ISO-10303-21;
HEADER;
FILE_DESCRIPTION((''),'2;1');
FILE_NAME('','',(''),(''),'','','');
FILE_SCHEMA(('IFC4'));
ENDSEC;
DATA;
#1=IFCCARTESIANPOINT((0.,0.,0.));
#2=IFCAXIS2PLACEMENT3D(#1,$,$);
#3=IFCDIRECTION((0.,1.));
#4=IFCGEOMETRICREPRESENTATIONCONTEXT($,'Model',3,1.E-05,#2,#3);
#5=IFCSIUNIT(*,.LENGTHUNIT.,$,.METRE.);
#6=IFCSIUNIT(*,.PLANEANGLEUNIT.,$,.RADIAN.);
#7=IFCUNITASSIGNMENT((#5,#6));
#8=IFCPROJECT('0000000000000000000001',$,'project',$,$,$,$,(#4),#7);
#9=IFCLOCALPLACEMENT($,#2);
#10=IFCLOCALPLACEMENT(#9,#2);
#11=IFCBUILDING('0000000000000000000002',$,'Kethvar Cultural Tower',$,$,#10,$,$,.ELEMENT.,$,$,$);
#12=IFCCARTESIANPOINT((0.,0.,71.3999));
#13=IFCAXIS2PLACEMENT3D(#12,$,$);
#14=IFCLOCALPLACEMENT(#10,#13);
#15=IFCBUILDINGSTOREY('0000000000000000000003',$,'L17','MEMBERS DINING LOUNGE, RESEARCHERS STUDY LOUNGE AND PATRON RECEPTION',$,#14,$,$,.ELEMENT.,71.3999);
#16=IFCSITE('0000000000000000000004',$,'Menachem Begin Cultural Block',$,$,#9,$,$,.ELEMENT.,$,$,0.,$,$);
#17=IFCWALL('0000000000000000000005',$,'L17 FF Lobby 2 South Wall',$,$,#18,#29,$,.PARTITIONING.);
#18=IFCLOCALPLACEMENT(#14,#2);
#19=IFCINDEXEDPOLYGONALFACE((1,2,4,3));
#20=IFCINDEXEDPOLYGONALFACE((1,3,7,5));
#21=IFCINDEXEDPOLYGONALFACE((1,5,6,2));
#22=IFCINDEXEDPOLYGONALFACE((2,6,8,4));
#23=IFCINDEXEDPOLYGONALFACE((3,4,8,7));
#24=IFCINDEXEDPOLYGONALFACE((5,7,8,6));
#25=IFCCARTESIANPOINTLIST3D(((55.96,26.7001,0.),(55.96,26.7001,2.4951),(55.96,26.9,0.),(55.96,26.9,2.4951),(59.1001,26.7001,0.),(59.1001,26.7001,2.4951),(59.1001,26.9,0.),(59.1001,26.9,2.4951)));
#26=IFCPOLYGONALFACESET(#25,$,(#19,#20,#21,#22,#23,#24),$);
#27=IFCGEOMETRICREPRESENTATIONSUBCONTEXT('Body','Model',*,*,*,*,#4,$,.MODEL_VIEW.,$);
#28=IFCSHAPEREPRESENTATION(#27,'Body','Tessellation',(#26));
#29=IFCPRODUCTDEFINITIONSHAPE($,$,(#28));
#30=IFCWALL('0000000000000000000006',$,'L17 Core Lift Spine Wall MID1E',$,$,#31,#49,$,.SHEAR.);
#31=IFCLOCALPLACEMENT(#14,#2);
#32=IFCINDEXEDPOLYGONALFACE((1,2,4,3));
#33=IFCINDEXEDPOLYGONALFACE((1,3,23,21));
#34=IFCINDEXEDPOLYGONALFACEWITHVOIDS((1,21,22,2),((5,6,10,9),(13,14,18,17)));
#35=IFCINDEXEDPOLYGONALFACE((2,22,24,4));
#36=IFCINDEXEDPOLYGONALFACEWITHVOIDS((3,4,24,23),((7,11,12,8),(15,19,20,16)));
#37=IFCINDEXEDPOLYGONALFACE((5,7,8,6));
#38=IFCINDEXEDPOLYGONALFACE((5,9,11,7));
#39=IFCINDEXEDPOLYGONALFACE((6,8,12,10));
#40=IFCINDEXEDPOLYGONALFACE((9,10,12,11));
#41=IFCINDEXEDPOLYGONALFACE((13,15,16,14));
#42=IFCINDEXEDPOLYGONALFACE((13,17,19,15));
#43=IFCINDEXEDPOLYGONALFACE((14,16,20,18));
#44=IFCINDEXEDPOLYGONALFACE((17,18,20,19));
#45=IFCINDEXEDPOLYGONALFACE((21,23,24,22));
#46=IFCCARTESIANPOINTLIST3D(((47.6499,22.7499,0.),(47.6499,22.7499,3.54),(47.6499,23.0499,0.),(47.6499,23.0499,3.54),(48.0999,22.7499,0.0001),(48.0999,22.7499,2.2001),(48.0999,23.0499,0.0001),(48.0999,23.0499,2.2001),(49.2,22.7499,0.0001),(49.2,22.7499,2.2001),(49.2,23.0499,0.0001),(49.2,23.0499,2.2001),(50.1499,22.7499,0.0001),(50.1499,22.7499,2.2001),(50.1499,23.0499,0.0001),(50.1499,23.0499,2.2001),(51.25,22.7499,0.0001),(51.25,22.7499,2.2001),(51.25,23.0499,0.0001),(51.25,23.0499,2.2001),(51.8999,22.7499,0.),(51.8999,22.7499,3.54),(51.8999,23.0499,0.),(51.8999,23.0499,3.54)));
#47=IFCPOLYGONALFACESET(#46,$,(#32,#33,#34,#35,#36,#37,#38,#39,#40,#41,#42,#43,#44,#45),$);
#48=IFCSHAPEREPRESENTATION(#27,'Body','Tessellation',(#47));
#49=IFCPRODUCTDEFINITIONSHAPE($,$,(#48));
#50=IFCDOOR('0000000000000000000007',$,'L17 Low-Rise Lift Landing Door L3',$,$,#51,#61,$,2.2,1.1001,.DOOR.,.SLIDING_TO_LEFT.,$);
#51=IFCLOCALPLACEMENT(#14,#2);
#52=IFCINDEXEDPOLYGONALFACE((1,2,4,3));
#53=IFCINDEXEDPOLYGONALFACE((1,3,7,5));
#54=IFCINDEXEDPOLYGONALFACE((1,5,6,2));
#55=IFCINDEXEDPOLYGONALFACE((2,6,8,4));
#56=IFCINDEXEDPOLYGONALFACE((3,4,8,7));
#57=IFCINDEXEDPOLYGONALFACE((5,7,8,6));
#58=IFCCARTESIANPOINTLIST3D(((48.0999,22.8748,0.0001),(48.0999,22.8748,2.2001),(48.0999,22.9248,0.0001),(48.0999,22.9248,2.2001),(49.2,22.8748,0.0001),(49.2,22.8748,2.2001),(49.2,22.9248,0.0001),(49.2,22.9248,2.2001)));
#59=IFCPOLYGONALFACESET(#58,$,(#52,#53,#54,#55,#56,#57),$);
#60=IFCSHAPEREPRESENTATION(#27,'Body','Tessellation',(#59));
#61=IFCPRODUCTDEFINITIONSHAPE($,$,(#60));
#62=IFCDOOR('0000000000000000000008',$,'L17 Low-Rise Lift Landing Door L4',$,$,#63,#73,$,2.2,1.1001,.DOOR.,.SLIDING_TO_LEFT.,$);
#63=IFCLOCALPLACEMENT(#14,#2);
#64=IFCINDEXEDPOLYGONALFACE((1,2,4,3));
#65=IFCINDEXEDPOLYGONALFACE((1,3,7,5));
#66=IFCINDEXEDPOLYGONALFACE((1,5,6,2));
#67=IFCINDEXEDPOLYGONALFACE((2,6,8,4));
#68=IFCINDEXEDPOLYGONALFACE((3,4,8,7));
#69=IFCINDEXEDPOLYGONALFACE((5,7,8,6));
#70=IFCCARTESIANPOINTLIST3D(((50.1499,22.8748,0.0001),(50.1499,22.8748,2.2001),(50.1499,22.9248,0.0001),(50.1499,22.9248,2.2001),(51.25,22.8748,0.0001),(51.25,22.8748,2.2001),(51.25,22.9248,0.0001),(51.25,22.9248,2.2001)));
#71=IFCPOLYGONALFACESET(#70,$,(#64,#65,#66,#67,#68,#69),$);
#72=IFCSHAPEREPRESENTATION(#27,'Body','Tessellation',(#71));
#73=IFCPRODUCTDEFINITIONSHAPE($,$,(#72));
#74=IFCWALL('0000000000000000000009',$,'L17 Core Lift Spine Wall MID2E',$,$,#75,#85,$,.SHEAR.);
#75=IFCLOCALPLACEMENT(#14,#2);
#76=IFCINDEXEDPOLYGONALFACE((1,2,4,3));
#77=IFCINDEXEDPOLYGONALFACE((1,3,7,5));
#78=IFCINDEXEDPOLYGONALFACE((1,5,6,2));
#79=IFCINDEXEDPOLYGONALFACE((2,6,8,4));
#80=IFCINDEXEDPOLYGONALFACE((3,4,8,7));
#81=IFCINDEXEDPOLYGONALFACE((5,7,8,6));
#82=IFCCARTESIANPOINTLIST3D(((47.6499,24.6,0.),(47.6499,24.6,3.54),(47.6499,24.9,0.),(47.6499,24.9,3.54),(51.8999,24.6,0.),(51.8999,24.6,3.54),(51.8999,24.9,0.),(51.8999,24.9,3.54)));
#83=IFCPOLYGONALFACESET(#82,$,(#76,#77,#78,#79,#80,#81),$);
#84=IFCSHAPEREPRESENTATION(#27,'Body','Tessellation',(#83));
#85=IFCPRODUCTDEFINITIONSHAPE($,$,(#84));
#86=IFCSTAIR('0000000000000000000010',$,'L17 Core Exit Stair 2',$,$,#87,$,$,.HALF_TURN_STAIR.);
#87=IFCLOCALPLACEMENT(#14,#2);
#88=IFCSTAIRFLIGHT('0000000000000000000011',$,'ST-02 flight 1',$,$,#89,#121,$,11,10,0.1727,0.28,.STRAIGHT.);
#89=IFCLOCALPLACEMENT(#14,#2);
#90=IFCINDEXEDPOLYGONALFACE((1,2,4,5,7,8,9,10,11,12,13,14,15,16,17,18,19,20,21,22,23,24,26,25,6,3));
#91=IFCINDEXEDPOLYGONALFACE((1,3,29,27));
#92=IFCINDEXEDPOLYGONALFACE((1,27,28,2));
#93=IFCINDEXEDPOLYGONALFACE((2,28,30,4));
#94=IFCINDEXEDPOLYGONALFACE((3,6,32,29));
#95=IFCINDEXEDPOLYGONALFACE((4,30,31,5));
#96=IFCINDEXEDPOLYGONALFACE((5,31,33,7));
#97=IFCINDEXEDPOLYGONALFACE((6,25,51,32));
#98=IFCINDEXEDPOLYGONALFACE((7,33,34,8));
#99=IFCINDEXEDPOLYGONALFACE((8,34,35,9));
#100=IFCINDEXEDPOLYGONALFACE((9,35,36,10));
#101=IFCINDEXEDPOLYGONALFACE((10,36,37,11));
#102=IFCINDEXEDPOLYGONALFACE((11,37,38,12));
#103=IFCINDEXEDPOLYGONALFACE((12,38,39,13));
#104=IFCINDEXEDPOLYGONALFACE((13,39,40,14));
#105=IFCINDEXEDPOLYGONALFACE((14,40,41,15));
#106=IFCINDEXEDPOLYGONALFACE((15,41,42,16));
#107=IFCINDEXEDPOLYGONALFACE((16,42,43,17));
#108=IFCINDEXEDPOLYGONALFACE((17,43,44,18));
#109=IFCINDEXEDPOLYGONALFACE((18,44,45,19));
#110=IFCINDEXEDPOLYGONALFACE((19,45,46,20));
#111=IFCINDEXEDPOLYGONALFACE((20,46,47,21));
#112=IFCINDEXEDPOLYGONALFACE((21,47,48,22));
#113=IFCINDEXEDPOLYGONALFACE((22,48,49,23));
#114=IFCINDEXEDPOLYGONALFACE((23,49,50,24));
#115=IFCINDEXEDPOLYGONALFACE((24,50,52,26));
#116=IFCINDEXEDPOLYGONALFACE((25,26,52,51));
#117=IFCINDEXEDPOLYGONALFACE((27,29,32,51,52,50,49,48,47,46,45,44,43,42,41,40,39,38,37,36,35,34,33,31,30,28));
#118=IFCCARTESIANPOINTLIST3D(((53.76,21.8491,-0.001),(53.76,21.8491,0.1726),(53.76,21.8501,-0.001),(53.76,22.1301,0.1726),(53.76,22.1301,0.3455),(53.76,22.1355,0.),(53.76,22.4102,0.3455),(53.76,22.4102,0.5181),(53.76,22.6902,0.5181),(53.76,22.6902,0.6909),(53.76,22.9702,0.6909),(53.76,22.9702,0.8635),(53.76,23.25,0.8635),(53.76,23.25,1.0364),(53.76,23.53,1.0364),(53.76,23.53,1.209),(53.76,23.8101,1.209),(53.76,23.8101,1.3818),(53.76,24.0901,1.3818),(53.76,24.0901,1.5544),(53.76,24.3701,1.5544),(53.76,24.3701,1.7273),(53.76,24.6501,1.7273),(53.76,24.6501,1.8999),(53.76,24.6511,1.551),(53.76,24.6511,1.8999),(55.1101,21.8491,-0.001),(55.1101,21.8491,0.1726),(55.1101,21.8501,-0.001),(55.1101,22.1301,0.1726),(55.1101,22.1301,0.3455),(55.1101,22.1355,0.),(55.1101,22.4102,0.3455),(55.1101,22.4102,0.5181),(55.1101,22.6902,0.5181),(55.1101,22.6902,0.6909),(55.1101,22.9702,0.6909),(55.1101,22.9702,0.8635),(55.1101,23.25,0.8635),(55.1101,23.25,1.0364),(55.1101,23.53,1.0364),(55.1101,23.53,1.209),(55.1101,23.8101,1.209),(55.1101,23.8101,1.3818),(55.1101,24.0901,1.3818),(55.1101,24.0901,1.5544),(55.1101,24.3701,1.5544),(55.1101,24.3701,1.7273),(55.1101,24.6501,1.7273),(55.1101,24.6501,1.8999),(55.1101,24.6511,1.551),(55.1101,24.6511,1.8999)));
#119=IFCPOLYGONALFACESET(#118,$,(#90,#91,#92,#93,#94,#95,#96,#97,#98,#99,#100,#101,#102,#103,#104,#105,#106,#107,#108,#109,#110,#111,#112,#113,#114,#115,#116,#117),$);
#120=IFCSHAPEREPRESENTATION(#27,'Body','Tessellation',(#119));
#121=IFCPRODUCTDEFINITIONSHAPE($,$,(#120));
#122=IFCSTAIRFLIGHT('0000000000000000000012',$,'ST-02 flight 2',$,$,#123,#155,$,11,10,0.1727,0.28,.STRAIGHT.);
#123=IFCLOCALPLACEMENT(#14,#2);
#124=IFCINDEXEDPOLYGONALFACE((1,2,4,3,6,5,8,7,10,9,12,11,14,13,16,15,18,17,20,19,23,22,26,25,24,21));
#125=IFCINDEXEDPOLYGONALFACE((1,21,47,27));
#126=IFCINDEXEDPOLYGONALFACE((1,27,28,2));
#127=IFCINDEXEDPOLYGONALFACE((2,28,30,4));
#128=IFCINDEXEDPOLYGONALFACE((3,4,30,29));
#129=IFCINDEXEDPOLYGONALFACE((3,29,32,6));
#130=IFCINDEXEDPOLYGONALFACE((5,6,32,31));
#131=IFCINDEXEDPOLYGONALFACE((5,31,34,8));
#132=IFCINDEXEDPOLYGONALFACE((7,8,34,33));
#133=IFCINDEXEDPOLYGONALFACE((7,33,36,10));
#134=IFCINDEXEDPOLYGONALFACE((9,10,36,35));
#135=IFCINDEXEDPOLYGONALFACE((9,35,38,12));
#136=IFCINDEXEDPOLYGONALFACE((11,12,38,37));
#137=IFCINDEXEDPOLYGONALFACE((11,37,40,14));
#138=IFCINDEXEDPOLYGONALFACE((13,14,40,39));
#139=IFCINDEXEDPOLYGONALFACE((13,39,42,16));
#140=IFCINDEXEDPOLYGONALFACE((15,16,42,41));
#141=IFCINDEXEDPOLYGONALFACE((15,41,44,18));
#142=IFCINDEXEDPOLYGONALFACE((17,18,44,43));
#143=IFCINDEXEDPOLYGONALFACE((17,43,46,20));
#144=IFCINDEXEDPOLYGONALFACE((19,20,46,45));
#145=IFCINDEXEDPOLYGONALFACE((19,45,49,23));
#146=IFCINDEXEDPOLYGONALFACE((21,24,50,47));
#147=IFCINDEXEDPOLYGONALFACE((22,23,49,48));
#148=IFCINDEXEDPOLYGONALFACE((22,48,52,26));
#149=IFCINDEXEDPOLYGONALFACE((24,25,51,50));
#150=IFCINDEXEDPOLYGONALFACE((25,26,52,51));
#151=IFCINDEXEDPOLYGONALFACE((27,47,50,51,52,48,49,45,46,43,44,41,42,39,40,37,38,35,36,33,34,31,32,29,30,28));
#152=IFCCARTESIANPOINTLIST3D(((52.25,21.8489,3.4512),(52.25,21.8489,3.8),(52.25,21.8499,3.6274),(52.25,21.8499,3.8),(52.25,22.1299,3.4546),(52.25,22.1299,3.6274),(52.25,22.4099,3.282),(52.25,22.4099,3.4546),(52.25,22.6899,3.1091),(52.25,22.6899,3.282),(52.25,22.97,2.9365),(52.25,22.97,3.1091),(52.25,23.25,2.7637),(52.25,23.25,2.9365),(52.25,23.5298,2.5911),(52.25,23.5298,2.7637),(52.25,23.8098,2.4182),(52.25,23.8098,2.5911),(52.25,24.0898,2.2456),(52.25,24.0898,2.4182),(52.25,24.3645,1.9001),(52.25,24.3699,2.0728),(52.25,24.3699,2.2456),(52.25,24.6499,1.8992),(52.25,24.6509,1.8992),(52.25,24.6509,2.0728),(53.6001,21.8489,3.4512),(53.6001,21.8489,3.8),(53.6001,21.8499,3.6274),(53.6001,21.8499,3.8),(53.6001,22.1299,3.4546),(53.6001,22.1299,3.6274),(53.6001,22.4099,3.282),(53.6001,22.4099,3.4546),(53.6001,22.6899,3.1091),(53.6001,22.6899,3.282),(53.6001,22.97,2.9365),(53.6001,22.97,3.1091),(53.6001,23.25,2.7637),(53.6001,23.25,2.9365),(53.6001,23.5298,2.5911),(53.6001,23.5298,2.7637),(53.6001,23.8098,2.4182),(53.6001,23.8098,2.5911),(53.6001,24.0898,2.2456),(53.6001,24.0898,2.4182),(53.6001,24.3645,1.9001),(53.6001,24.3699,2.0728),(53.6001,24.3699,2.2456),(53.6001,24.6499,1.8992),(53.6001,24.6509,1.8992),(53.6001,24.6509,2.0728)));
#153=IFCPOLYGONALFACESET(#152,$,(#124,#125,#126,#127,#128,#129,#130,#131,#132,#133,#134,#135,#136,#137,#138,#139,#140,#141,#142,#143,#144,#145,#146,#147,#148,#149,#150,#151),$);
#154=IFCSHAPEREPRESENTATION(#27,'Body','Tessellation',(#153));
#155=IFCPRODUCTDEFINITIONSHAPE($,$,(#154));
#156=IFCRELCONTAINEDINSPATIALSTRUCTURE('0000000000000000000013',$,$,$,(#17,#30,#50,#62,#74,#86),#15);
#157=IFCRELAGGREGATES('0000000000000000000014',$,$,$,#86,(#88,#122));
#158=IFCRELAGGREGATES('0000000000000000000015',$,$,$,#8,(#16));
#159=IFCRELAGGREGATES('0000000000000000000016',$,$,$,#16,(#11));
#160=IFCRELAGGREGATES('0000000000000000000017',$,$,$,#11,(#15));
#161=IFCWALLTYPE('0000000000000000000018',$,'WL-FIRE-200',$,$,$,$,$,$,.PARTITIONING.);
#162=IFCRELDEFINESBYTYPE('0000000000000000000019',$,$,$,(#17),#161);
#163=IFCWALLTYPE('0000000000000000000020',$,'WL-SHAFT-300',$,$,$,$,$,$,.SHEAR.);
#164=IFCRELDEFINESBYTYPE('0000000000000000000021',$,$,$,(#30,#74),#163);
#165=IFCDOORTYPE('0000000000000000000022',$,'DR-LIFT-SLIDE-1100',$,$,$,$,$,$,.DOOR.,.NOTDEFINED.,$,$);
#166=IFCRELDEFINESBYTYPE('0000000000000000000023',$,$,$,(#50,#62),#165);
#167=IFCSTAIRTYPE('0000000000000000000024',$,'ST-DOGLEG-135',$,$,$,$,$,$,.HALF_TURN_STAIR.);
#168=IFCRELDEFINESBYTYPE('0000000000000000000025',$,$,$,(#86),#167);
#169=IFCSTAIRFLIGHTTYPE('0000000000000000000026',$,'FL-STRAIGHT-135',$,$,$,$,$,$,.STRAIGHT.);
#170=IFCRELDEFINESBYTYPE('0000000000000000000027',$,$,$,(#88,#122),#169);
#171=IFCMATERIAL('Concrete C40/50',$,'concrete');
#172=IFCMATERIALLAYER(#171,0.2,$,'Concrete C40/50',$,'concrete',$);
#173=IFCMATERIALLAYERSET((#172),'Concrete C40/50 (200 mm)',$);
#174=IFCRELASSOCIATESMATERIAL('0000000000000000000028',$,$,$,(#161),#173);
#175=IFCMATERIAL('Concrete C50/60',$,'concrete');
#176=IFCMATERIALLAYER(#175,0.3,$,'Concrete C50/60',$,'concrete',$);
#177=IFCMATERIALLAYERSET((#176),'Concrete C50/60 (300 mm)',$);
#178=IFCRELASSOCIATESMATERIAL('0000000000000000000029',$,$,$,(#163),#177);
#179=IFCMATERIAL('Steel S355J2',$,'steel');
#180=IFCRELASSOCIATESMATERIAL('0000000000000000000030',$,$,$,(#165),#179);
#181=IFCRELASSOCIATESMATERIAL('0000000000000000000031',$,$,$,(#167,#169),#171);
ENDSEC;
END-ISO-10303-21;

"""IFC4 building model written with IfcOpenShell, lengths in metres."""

from ifc_helpers import new_model, si_unit, direction, frame, frame_2d, origin, place, context, subcontext, project, spatial, polyline, rectangle, outline, extrude, source, transform, mapped, material, layer, layer_set, type_object, element, fill, aggregate, save


model = new_model("IFC4")

# Units and contexts
model_context = context("Model", 3, precision=1e-05, world=origin(), true_north=direction((0.0, 1.0)))
body_context = subcontext(model_context, "Body", "Model", "MODEL_VIEW")
ifc_project = project(units=[si_unit("LENGTHUNIT", "METRE"), si_unit("PLANEANGLEUNIT", "RADIAN")], contexts=[model_context])

# Site, building, storey
site_placement = place(None, origin())
site = spatial("IfcSite", under=ifc_project, at=site_placement, Name="Menachem Begin Cultural Block", CompositionType="ELEMENT", RefElevation=0.0)
building_placement = place(site_placement, origin())
building = spatial("IfcBuilding", under=site, at=building_placement, Name="Kethvar Cultural Tower", CompositionType="ELEMENT")
storey_placement = place(building_placement, frame((0.0, 0.0, 71.3999)))
storey = spatial("IfcBuildingStorey", under=building, at=storey_placement, Name="L17", Description="MEMBERS DINING LOUNGE, RESEARCHERS STUDY LOUNGE AND PATRON RECEPTION", CompositionType="ELEMENT", Elevation=71.3999)

# Shared definitions
ifc_material_1 = material(Name="Steel S355J2", Category="steel")

# Wall
ifc_material_2 = material(Name="Concrete C40/50", Category="concrete")
ifc_layer_1 = layer(ifc_material_2, 0.2, Name="Concrete C40/50", Category="concrete")
ifc_layer_set_1 = layer_set([ifc_layer_1], Name="Concrete C40/50 (200 mm)")
wall_type_1 = type_object("IfcWallType", Name="WL-FIRE-200", PredefinedType="PARTITIONING", material=ifc_layer_set_1)
wall_1_placement = place(storey_placement, frame((55.96, 26.8, 0.0), z_axis=(0.0, 0.0, 1.0), x_axis=(1.0, 0.0, 0.0)))
element("IfcWall", 1, at=wall_1_placement, inside=storey, type_object=wall_type_1, Name="L17 FF Lobby 2 South Wall", PredefinedType="PARTITIONING", context=body_context, shape_type="SweptSolid", body=[
    extrude(rectangle(XDim=3.1401, YDim=0.2, at=frame_2d((1.5701, 0.0))), origin(), (0.0, 0.0, 1.0), 2.4951),
])

# Wall, openings, doors
ifc_material_3 = material(Name="Concrete C50/60", Category="concrete")
ifc_layer_2 = layer(ifc_material_3, 0.3, Name="Concrete C50/60", Category="concrete")
ifc_layer_set_2 = layer_set([ifc_layer_2], Name="Concrete C50/60 (300 mm)")
wall_type_2 = type_object("IfcWallType", Name="WL-SHAFT-300", PredefinedType="SHEAR", material=ifc_layer_set_2)
wall_2_placement = place(storey_placement, frame((47.6499, 22.8999, 0.0), z_axis=(0.0, 0.0, 1.0), x_axis=(1.0, 0.0, 0.0)))
wall_2 = element("IfcWall", 2, at=wall_2_placement, inside=storey, type_object=wall_type_2, Name="L17 Core Lift Spine Wall MID1E", PredefinedType="SHEAR", context=body_context, shape_type="SweptSolid", body=[
    extrude(rectangle(XDim=4.25, YDim=0.3, at=frame_2d((2.125, 0.0))), origin(), (0.0, 0.0, 1.0), 3.54),
])
opening_1_placement = place(wall_2_placement, frame((0.45, 0.0, 0.0)))
opening_1 = element("IfcOpeningElement", 3, at=opening_1_placement, cuts=wall_2, PredefinedType="OPENING", context=body_context, shape_type="SweptSolid", body=[
    extrude(rectangle(XDim=1.1001, YDim=2.2, at=frame_2d((0.55, 1.1001))), frame((0.0, 0.1599, 0.0), z_axis=(0.0, -1.0, 0.0), x_axis=(1.0, 0.0, 0.0)), (0.0, 0.0, 1.0), 0.3201),
])
opening_2_placement = place(wall_2_placement, frame((2.5, 0.0, 0.0)))
opening_2 = element("IfcOpeningElement", 4, at=opening_2_placement, cuts=wall_2, PredefinedType="OPENING", context=body_context, shape_type="SweptSolid", body=[
    extrude(rectangle(XDim=1.1001, YDim=2.2, at=frame_2d((0.55, 1.1001))), frame((0.0, 0.1599, 0.0), z_axis=(0.0, -1.0, 0.0), x_axis=(1.0, 0.0, 0.0)), (0.0, 0.0, 1.0), 0.3201),
])
door_type = type_object("IfcDoorType", Name="DR-LIFT-SLIDE-1100", OperationType="NOTDEFINED", PredefinedType="DOOR", material=ifc_material_1)
shared_shape_1 = source(origin(), body_context, "Body", "SweptSolid", [
    extrude(rectangle(XDim=1.1001, YDim=2.2, at=frame_2d((0.55, 1.1001))), frame((0.0, 0.0249, 0.0), z_axis=(0.0, -1.0, 0.0), x_axis=(1.0, 0.0, 0.0)), (0.0, 0.0, 1.0), 0.05),
])
door_1_placement = place(opening_1_placement, origin())
door_1 = element("IfcDoor", 5, at=door_1_placement, inside=storey, type_object=door_type, Name="L17 Low-Rise Lift Landing Door L3", OperationType="SLIDING_TO_LEFT", OverallHeight=2.2, OverallWidth=1.1001, PredefinedType="DOOR", context=body_context, shape_type="MappedRepresentation", body=[
    mapped(shared_shape_1, transform((0.0, 0.0, 0.0), scale=1.0)),
])
fill(opening_1, door_1)
door_2_placement = place(opening_2_placement, origin())
door_2 = element("IfcDoor", 6, at=door_2_placement, inside=storey, type_object=door_type, Name="L17 Low-Rise Lift Landing Door L4", OperationType="SLIDING_TO_LEFT", OverallHeight=2.2, OverallWidth=1.1001, PredefinedType="DOOR", context=body_context, shape_type="MappedRepresentation", body=[
    mapped(shared_shape_1, transform((0.0, 0.0, 0.0), scale=1.0)),
])
fill(opening_2, door_2)

# Wall
wall_3_placement = place(storey_placement, frame((47.6499, 24.75, 0.0), z_axis=(0.0, 0.0, 1.0), x_axis=(1.0, 0.0, 0.0)))
element("IfcWall", 7, at=wall_3_placement, inside=storey, type_object=wall_type_2, Name="L17 Core Lift Spine Wall MID2E", PredefinedType="SHEAR", context=body_context, shape_type="SweptSolid", body=[
    extrude(rectangle(XDim=4.25, YDim=0.3, at=frame_2d((2.125, 0.0))), origin(), (0.0, 0.0, 1.0), 3.54),
])

# Stair, stair flights
stair_type = type_object("IfcStairType", Name="ST-DOGLEG-135", PredefinedType="HALF_TURN_STAIR", material=ifc_material_2)
stair_placement = place(storey_placement, origin())
stair = element("IfcStair", 8, at=stair_placement, inside=storey, type_object=stair_type, Name="L17 Core Exit Stair 2", PredefinedType="HALF_TURN_STAIR")
stair_flight_type = type_object("IfcStairFlightType", Name="FL-STRAIGHT-135", PredefinedType="STRAIGHT", material=ifc_material_2)
stair_flight_1_placement = place(storey_placement, frame((54.4351, 21.8501, 0.0), z_axis=(0.0, 0.0, 1.0), x_axis=(0.0, 1.0, 0.0)))
stair_flight_1 = element("IfcStairFlight", 9, at=stair_flight_1_placement, type_object=stair_flight_type, Name="ST-02 flight 1", NumberOfRisers=11, NumberOfTreads=10, PredefinedType="STRAIGHT", RiserHeight=0.1727, TreadLength=0.28, context=body_context, shape_type="SweptSolid", body=[
    extrude(outline(polyline([(-0.001, -0.001), (-0.001, 0.1726), (0.28, 0.1726), (0.28, 0.3455), (0.5601, 0.3455), (0.5601, 0.5181), (0.8401, 0.5181), (0.8401, 0.6909), (1.1201, 0.6909), (1.1201, 0.8635), (1.3999, 0.8635), (1.3999, 1.0364), (1.6799, 1.0364), (1.6799, 1.209), (1.96, 1.209), (1.96, 1.3818), (2.24, 1.3818), (2.24, 1.5544), (2.52, 1.5544), (2.52, 1.7273), (2.8, 1.7273), (2.8, 1.8999), (2.801, 1.8999), (2.801, 1.551), (0.2854, 0.0), (0.0, -0.001), (-0.001, -0.001)])), frame((0.0, 0.675, 0.0), z_axis=(0.0, -1.0, 0.0), x_axis=(1.0, 0.0, 0.0)), (0.0, 0.0, 1.0), 1.3501),
])
stair_flight_2_placement = place(storey_placement, frame((52.925, 24.6499, 1.9001), z_axis=(0.0, 0.0, 1.0), x_axis=(0.0, -1.0, 0.0)))
stair_flight_2 = element("IfcStairFlight", 10, at=stair_flight_2_placement, type_object=stair_flight_type, Name="ST-02 flight 2", NumberOfRisers=11, NumberOfTreads=10, PredefinedType="STRAIGHT", RiserHeight=0.1727, TreadLength=0.28, context=body_context, shape_type="SweptSolid", body=[
    extrude(outline(polyline([(-0.001, -0.001), (-0.001, 0.1726), (0.28, 0.1726), (0.28, 0.3455), (0.5601, 0.3455), (0.5601, 0.5181), (0.8401, 0.5181), (0.8401, 0.6909), (1.1201, 0.6909), (1.1201, 0.8635), (1.3999, 0.8635), (1.3999, 1.0364), (1.6799, 1.0364), (1.6799, 1.209), (1.96, 1.209), (1.96, 1.3818), (2.24, 1.3818), (2.24, 1.5544), (2.52, 1.5544), (2.52, 1.7273), (2.8, 1.7273), (2.8, 1.8999), (2.801, 1.8999), (2.801, 1.551), (0.2854, 0.0), (0.0, -0.001), (-0.001, -0.001)])), frame((0.0, 0.675, 0.0), z_axis=(0.0, -1.0, 0.0), x_axis=(1.0, 0.0, 0.0)), (0.0, 0.0, 1.0), 1.3501),
])
aggregate(stair, [stair_flight_1, stair_flight_2])

save(model, "model.ifc")
